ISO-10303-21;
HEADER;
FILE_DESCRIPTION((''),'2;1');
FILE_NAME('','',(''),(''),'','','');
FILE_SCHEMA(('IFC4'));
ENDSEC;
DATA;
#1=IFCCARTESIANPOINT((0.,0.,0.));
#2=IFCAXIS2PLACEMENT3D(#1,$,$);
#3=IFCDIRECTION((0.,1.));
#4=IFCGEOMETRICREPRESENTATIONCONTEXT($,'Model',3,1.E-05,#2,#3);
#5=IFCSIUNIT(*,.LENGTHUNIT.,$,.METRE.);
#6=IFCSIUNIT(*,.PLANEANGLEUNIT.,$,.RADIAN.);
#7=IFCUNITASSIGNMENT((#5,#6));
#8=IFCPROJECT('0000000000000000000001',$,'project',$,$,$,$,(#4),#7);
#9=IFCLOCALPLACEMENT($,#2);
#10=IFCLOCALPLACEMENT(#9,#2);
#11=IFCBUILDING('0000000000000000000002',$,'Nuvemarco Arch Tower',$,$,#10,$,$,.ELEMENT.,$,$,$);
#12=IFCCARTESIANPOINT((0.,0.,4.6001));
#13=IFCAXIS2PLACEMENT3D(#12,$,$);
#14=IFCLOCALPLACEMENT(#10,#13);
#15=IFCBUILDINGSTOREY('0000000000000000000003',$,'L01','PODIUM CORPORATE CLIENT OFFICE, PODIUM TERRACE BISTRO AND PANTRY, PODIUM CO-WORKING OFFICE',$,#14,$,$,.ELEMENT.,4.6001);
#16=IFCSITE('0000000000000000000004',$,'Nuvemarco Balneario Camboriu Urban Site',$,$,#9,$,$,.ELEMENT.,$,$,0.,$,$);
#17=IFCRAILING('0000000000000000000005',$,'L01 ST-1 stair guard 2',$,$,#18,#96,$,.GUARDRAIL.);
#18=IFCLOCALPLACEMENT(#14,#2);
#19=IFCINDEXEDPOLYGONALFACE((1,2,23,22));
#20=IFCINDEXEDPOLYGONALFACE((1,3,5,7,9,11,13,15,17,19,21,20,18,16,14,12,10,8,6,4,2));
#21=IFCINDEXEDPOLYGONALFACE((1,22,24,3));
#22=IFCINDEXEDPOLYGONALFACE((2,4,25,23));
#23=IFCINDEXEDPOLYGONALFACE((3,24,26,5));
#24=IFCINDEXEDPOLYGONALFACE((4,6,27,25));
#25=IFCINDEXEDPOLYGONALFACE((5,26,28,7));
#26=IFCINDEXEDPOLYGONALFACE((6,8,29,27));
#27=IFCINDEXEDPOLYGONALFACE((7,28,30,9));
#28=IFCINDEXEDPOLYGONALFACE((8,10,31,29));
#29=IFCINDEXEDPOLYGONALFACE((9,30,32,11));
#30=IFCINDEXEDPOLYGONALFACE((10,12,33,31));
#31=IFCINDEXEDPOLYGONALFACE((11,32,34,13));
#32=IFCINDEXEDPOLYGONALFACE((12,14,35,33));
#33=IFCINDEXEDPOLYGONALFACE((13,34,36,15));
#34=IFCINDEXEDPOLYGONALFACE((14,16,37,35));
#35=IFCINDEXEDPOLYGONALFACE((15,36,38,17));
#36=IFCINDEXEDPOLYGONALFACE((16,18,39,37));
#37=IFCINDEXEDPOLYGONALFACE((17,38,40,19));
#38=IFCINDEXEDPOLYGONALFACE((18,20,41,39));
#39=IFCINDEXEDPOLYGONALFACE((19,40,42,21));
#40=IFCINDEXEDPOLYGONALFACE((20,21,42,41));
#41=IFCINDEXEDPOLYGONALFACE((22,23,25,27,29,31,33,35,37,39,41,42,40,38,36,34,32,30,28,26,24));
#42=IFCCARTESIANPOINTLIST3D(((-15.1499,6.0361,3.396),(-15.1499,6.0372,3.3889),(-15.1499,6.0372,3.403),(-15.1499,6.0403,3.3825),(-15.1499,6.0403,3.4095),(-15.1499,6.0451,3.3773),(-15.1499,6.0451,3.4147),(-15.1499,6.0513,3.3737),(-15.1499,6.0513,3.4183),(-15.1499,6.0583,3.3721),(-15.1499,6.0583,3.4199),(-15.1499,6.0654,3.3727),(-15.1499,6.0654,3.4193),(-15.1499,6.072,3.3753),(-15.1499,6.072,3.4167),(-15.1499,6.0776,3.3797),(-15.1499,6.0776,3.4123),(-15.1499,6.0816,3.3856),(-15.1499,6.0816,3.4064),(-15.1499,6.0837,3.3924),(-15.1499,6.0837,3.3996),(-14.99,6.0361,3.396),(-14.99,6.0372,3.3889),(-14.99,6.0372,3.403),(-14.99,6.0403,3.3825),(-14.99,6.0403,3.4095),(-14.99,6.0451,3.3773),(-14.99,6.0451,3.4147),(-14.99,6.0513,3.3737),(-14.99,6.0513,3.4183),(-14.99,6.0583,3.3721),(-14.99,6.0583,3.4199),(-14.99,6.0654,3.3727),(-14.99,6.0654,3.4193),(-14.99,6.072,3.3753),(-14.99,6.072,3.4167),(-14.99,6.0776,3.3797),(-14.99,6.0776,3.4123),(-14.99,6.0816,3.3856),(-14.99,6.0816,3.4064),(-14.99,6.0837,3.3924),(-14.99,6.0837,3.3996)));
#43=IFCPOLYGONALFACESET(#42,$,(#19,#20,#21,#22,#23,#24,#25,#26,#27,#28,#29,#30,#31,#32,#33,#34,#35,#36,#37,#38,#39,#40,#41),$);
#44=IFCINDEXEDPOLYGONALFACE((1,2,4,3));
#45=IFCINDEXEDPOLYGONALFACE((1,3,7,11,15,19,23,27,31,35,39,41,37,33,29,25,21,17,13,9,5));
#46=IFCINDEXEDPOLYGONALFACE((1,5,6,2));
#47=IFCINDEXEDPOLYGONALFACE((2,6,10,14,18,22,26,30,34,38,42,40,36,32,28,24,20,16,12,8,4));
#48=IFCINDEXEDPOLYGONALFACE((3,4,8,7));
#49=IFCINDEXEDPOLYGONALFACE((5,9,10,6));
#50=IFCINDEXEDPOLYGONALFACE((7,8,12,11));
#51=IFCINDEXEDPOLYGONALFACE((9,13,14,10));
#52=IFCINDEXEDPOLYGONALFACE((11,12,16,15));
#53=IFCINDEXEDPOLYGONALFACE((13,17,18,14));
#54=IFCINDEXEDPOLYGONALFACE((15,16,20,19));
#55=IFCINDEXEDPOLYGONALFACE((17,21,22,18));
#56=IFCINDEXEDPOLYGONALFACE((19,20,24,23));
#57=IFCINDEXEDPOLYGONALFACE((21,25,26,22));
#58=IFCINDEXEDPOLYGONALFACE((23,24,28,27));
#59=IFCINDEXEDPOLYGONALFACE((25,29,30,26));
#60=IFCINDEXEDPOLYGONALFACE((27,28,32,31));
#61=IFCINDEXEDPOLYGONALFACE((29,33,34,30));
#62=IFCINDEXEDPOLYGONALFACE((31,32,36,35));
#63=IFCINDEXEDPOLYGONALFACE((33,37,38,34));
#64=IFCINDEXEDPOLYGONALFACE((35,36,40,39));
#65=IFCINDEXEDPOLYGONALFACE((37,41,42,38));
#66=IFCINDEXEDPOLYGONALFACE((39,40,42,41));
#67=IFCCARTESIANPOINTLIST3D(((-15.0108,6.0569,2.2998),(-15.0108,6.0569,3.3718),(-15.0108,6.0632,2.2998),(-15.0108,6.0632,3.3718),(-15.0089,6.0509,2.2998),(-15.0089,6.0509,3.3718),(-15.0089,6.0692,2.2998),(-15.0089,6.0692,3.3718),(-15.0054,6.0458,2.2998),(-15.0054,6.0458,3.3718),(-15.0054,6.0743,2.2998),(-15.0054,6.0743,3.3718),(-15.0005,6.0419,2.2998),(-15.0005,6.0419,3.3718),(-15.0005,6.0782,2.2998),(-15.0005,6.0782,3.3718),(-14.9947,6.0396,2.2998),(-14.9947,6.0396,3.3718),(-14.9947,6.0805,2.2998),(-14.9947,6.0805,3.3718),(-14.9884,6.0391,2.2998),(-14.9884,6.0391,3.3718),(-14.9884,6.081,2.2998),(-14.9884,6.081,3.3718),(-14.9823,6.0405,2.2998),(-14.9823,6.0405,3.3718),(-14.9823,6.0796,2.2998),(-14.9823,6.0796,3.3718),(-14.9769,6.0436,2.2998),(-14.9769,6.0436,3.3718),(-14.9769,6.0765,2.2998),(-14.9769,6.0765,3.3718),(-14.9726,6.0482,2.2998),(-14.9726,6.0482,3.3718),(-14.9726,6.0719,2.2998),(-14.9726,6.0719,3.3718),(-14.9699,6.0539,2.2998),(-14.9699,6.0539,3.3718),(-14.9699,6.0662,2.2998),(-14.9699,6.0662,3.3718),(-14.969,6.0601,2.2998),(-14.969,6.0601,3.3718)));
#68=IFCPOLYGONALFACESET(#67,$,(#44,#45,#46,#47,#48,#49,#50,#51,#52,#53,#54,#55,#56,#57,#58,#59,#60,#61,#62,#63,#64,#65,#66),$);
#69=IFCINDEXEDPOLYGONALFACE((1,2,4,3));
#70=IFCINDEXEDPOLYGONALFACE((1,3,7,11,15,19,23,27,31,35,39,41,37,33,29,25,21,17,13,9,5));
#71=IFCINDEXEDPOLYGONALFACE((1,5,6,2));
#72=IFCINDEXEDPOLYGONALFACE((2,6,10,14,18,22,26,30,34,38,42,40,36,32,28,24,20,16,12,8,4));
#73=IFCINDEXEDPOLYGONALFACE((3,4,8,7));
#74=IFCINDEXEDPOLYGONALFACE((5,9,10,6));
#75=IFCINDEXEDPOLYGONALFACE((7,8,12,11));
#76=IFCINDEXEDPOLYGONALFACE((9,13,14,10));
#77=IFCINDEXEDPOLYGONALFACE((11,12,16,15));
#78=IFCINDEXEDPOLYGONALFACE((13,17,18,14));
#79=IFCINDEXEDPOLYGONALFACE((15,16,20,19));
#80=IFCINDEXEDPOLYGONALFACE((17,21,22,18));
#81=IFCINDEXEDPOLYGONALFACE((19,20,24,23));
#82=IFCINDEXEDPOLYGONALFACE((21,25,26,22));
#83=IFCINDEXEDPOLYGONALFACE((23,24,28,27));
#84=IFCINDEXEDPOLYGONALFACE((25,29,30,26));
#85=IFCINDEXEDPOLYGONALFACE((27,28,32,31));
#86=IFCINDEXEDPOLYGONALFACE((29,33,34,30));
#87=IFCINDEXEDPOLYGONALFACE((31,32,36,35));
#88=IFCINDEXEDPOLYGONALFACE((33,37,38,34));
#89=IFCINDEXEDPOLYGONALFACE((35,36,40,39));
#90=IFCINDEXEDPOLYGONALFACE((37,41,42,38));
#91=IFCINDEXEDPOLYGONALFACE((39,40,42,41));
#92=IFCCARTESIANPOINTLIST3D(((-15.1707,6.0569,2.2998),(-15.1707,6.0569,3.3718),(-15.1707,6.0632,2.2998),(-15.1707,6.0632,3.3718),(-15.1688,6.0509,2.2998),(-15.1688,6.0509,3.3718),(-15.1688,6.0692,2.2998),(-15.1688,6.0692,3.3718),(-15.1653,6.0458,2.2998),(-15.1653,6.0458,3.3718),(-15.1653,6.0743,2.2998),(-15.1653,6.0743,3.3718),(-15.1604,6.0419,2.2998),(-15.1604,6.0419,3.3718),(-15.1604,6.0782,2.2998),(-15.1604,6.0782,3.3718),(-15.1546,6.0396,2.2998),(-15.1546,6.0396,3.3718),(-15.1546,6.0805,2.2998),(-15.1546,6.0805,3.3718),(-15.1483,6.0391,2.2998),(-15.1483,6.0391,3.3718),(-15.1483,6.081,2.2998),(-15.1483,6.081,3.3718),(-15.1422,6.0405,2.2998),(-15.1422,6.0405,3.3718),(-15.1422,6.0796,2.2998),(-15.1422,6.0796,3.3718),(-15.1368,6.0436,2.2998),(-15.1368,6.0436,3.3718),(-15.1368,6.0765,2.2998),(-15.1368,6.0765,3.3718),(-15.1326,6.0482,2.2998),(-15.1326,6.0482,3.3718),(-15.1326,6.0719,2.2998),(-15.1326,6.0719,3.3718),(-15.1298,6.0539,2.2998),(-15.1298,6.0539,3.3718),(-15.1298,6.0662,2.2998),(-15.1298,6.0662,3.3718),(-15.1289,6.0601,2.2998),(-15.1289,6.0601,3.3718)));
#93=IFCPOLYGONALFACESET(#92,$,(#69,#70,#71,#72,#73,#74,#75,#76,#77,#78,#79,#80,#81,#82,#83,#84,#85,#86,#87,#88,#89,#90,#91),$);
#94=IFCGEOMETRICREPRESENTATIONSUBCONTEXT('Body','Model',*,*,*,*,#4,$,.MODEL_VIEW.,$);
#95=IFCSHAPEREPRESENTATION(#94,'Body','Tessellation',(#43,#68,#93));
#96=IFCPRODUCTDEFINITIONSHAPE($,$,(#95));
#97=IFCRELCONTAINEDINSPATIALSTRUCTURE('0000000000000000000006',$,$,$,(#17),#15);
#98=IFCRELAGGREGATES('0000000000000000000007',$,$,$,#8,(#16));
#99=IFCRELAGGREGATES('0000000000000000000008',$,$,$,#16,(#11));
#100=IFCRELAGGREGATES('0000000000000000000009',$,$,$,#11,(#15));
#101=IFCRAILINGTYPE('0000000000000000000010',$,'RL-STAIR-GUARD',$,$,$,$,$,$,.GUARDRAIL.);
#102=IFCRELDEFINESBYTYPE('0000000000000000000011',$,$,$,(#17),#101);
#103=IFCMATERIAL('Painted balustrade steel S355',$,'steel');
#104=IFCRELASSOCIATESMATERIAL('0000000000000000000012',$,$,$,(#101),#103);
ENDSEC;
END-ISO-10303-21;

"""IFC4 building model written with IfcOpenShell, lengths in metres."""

from ifc_helpers import new_model, si_unit, direction, frame, origin, origin_2d, place, context, subcontext, project, spatial, circle, extrude, material, type_object, element, save


model = new_model("IFC4")

# Units and contexts
model_context = context("Model", 3, precision=1e-05, world=origin(), true_north=direction((0.0, 1.0)))
body_context = subcontext(model_context, "Body", "Model", "MODEL_VIEW")
ifc_project = project(units=[si_unit("LENGTHUNIT", "METRE"), si_unit("PLANEANGLEUNIT", "RADIAN")], contexts=[model_context])

# Site, building, storey
site_placement = place(None, origin())
site = spatial("IfcSite", under=ifc_project, at=site_placement, Name="Nuvemarco Balneario Camboriu Urban Site", CompositionType="ELEMENT", RefElevation=0.0)
building_placement = place(site_placement, origin())
building = spatial("IfcBuilding", under=site, at=building_placement, Name="Nuvemarco Arch Tower", CompositionType="ELEMENT")
storey_placement = place(building_placement, frame((0.0, 0.0, 4.6001)))
storey = spatial("IfcBuildingStorey", under=building, at=storey_placement, Name="L01", Description="PODIUM CORPORATE CLIENT OFFICE, PODIUM TERRACE BISTRO AND PANTRY, PODIUM CO-WORKING OFFICE", CompositionType="ELEMENT", Elevation=4.6001)

# Railing
ifc_material_1 = material(Name="Painted balustrade steel S355", Category="steel")
railing_type_1 = type_object("IfcRailingType", Name="RL-STAIR-GUARD", PredefinedType="GUARDRAIL", material=ifc_material_1)
railing_1_placement = place(storey_placement, frame((-14.99, 6.0601, 2.2998)))
element("IfcRailing", 1, at=railing_1_placement, inside=storey, type_object=railing_type_1, Name="L01 ST-1 stair guard 2", PredefinedType="GUARDRAIL", context=body_context, shape_type="SweptSolid", body=[
    extrude(circle(Radius=0.0239, at=origin_2d()), frame((0.0, 0.0, 1.0962), z_axis=(-1.0, 0.0, 0.0), x_axis=(0.0, -1.0, 0.0)), (0.0, 0.0, 1.0), 0.1599),
    extrude(circle(Radius=0.021, at=origin_2d()), origin(), (0.0, 0.0, 1.0), 1.072),
    extrude(circle(Radius=0.021, at=origin_2d()), frame((-0.1599, 0.0, 0.0)), (0.0, 0.0, 1.0), 1.072),
])

save(model, "model.ifc")
